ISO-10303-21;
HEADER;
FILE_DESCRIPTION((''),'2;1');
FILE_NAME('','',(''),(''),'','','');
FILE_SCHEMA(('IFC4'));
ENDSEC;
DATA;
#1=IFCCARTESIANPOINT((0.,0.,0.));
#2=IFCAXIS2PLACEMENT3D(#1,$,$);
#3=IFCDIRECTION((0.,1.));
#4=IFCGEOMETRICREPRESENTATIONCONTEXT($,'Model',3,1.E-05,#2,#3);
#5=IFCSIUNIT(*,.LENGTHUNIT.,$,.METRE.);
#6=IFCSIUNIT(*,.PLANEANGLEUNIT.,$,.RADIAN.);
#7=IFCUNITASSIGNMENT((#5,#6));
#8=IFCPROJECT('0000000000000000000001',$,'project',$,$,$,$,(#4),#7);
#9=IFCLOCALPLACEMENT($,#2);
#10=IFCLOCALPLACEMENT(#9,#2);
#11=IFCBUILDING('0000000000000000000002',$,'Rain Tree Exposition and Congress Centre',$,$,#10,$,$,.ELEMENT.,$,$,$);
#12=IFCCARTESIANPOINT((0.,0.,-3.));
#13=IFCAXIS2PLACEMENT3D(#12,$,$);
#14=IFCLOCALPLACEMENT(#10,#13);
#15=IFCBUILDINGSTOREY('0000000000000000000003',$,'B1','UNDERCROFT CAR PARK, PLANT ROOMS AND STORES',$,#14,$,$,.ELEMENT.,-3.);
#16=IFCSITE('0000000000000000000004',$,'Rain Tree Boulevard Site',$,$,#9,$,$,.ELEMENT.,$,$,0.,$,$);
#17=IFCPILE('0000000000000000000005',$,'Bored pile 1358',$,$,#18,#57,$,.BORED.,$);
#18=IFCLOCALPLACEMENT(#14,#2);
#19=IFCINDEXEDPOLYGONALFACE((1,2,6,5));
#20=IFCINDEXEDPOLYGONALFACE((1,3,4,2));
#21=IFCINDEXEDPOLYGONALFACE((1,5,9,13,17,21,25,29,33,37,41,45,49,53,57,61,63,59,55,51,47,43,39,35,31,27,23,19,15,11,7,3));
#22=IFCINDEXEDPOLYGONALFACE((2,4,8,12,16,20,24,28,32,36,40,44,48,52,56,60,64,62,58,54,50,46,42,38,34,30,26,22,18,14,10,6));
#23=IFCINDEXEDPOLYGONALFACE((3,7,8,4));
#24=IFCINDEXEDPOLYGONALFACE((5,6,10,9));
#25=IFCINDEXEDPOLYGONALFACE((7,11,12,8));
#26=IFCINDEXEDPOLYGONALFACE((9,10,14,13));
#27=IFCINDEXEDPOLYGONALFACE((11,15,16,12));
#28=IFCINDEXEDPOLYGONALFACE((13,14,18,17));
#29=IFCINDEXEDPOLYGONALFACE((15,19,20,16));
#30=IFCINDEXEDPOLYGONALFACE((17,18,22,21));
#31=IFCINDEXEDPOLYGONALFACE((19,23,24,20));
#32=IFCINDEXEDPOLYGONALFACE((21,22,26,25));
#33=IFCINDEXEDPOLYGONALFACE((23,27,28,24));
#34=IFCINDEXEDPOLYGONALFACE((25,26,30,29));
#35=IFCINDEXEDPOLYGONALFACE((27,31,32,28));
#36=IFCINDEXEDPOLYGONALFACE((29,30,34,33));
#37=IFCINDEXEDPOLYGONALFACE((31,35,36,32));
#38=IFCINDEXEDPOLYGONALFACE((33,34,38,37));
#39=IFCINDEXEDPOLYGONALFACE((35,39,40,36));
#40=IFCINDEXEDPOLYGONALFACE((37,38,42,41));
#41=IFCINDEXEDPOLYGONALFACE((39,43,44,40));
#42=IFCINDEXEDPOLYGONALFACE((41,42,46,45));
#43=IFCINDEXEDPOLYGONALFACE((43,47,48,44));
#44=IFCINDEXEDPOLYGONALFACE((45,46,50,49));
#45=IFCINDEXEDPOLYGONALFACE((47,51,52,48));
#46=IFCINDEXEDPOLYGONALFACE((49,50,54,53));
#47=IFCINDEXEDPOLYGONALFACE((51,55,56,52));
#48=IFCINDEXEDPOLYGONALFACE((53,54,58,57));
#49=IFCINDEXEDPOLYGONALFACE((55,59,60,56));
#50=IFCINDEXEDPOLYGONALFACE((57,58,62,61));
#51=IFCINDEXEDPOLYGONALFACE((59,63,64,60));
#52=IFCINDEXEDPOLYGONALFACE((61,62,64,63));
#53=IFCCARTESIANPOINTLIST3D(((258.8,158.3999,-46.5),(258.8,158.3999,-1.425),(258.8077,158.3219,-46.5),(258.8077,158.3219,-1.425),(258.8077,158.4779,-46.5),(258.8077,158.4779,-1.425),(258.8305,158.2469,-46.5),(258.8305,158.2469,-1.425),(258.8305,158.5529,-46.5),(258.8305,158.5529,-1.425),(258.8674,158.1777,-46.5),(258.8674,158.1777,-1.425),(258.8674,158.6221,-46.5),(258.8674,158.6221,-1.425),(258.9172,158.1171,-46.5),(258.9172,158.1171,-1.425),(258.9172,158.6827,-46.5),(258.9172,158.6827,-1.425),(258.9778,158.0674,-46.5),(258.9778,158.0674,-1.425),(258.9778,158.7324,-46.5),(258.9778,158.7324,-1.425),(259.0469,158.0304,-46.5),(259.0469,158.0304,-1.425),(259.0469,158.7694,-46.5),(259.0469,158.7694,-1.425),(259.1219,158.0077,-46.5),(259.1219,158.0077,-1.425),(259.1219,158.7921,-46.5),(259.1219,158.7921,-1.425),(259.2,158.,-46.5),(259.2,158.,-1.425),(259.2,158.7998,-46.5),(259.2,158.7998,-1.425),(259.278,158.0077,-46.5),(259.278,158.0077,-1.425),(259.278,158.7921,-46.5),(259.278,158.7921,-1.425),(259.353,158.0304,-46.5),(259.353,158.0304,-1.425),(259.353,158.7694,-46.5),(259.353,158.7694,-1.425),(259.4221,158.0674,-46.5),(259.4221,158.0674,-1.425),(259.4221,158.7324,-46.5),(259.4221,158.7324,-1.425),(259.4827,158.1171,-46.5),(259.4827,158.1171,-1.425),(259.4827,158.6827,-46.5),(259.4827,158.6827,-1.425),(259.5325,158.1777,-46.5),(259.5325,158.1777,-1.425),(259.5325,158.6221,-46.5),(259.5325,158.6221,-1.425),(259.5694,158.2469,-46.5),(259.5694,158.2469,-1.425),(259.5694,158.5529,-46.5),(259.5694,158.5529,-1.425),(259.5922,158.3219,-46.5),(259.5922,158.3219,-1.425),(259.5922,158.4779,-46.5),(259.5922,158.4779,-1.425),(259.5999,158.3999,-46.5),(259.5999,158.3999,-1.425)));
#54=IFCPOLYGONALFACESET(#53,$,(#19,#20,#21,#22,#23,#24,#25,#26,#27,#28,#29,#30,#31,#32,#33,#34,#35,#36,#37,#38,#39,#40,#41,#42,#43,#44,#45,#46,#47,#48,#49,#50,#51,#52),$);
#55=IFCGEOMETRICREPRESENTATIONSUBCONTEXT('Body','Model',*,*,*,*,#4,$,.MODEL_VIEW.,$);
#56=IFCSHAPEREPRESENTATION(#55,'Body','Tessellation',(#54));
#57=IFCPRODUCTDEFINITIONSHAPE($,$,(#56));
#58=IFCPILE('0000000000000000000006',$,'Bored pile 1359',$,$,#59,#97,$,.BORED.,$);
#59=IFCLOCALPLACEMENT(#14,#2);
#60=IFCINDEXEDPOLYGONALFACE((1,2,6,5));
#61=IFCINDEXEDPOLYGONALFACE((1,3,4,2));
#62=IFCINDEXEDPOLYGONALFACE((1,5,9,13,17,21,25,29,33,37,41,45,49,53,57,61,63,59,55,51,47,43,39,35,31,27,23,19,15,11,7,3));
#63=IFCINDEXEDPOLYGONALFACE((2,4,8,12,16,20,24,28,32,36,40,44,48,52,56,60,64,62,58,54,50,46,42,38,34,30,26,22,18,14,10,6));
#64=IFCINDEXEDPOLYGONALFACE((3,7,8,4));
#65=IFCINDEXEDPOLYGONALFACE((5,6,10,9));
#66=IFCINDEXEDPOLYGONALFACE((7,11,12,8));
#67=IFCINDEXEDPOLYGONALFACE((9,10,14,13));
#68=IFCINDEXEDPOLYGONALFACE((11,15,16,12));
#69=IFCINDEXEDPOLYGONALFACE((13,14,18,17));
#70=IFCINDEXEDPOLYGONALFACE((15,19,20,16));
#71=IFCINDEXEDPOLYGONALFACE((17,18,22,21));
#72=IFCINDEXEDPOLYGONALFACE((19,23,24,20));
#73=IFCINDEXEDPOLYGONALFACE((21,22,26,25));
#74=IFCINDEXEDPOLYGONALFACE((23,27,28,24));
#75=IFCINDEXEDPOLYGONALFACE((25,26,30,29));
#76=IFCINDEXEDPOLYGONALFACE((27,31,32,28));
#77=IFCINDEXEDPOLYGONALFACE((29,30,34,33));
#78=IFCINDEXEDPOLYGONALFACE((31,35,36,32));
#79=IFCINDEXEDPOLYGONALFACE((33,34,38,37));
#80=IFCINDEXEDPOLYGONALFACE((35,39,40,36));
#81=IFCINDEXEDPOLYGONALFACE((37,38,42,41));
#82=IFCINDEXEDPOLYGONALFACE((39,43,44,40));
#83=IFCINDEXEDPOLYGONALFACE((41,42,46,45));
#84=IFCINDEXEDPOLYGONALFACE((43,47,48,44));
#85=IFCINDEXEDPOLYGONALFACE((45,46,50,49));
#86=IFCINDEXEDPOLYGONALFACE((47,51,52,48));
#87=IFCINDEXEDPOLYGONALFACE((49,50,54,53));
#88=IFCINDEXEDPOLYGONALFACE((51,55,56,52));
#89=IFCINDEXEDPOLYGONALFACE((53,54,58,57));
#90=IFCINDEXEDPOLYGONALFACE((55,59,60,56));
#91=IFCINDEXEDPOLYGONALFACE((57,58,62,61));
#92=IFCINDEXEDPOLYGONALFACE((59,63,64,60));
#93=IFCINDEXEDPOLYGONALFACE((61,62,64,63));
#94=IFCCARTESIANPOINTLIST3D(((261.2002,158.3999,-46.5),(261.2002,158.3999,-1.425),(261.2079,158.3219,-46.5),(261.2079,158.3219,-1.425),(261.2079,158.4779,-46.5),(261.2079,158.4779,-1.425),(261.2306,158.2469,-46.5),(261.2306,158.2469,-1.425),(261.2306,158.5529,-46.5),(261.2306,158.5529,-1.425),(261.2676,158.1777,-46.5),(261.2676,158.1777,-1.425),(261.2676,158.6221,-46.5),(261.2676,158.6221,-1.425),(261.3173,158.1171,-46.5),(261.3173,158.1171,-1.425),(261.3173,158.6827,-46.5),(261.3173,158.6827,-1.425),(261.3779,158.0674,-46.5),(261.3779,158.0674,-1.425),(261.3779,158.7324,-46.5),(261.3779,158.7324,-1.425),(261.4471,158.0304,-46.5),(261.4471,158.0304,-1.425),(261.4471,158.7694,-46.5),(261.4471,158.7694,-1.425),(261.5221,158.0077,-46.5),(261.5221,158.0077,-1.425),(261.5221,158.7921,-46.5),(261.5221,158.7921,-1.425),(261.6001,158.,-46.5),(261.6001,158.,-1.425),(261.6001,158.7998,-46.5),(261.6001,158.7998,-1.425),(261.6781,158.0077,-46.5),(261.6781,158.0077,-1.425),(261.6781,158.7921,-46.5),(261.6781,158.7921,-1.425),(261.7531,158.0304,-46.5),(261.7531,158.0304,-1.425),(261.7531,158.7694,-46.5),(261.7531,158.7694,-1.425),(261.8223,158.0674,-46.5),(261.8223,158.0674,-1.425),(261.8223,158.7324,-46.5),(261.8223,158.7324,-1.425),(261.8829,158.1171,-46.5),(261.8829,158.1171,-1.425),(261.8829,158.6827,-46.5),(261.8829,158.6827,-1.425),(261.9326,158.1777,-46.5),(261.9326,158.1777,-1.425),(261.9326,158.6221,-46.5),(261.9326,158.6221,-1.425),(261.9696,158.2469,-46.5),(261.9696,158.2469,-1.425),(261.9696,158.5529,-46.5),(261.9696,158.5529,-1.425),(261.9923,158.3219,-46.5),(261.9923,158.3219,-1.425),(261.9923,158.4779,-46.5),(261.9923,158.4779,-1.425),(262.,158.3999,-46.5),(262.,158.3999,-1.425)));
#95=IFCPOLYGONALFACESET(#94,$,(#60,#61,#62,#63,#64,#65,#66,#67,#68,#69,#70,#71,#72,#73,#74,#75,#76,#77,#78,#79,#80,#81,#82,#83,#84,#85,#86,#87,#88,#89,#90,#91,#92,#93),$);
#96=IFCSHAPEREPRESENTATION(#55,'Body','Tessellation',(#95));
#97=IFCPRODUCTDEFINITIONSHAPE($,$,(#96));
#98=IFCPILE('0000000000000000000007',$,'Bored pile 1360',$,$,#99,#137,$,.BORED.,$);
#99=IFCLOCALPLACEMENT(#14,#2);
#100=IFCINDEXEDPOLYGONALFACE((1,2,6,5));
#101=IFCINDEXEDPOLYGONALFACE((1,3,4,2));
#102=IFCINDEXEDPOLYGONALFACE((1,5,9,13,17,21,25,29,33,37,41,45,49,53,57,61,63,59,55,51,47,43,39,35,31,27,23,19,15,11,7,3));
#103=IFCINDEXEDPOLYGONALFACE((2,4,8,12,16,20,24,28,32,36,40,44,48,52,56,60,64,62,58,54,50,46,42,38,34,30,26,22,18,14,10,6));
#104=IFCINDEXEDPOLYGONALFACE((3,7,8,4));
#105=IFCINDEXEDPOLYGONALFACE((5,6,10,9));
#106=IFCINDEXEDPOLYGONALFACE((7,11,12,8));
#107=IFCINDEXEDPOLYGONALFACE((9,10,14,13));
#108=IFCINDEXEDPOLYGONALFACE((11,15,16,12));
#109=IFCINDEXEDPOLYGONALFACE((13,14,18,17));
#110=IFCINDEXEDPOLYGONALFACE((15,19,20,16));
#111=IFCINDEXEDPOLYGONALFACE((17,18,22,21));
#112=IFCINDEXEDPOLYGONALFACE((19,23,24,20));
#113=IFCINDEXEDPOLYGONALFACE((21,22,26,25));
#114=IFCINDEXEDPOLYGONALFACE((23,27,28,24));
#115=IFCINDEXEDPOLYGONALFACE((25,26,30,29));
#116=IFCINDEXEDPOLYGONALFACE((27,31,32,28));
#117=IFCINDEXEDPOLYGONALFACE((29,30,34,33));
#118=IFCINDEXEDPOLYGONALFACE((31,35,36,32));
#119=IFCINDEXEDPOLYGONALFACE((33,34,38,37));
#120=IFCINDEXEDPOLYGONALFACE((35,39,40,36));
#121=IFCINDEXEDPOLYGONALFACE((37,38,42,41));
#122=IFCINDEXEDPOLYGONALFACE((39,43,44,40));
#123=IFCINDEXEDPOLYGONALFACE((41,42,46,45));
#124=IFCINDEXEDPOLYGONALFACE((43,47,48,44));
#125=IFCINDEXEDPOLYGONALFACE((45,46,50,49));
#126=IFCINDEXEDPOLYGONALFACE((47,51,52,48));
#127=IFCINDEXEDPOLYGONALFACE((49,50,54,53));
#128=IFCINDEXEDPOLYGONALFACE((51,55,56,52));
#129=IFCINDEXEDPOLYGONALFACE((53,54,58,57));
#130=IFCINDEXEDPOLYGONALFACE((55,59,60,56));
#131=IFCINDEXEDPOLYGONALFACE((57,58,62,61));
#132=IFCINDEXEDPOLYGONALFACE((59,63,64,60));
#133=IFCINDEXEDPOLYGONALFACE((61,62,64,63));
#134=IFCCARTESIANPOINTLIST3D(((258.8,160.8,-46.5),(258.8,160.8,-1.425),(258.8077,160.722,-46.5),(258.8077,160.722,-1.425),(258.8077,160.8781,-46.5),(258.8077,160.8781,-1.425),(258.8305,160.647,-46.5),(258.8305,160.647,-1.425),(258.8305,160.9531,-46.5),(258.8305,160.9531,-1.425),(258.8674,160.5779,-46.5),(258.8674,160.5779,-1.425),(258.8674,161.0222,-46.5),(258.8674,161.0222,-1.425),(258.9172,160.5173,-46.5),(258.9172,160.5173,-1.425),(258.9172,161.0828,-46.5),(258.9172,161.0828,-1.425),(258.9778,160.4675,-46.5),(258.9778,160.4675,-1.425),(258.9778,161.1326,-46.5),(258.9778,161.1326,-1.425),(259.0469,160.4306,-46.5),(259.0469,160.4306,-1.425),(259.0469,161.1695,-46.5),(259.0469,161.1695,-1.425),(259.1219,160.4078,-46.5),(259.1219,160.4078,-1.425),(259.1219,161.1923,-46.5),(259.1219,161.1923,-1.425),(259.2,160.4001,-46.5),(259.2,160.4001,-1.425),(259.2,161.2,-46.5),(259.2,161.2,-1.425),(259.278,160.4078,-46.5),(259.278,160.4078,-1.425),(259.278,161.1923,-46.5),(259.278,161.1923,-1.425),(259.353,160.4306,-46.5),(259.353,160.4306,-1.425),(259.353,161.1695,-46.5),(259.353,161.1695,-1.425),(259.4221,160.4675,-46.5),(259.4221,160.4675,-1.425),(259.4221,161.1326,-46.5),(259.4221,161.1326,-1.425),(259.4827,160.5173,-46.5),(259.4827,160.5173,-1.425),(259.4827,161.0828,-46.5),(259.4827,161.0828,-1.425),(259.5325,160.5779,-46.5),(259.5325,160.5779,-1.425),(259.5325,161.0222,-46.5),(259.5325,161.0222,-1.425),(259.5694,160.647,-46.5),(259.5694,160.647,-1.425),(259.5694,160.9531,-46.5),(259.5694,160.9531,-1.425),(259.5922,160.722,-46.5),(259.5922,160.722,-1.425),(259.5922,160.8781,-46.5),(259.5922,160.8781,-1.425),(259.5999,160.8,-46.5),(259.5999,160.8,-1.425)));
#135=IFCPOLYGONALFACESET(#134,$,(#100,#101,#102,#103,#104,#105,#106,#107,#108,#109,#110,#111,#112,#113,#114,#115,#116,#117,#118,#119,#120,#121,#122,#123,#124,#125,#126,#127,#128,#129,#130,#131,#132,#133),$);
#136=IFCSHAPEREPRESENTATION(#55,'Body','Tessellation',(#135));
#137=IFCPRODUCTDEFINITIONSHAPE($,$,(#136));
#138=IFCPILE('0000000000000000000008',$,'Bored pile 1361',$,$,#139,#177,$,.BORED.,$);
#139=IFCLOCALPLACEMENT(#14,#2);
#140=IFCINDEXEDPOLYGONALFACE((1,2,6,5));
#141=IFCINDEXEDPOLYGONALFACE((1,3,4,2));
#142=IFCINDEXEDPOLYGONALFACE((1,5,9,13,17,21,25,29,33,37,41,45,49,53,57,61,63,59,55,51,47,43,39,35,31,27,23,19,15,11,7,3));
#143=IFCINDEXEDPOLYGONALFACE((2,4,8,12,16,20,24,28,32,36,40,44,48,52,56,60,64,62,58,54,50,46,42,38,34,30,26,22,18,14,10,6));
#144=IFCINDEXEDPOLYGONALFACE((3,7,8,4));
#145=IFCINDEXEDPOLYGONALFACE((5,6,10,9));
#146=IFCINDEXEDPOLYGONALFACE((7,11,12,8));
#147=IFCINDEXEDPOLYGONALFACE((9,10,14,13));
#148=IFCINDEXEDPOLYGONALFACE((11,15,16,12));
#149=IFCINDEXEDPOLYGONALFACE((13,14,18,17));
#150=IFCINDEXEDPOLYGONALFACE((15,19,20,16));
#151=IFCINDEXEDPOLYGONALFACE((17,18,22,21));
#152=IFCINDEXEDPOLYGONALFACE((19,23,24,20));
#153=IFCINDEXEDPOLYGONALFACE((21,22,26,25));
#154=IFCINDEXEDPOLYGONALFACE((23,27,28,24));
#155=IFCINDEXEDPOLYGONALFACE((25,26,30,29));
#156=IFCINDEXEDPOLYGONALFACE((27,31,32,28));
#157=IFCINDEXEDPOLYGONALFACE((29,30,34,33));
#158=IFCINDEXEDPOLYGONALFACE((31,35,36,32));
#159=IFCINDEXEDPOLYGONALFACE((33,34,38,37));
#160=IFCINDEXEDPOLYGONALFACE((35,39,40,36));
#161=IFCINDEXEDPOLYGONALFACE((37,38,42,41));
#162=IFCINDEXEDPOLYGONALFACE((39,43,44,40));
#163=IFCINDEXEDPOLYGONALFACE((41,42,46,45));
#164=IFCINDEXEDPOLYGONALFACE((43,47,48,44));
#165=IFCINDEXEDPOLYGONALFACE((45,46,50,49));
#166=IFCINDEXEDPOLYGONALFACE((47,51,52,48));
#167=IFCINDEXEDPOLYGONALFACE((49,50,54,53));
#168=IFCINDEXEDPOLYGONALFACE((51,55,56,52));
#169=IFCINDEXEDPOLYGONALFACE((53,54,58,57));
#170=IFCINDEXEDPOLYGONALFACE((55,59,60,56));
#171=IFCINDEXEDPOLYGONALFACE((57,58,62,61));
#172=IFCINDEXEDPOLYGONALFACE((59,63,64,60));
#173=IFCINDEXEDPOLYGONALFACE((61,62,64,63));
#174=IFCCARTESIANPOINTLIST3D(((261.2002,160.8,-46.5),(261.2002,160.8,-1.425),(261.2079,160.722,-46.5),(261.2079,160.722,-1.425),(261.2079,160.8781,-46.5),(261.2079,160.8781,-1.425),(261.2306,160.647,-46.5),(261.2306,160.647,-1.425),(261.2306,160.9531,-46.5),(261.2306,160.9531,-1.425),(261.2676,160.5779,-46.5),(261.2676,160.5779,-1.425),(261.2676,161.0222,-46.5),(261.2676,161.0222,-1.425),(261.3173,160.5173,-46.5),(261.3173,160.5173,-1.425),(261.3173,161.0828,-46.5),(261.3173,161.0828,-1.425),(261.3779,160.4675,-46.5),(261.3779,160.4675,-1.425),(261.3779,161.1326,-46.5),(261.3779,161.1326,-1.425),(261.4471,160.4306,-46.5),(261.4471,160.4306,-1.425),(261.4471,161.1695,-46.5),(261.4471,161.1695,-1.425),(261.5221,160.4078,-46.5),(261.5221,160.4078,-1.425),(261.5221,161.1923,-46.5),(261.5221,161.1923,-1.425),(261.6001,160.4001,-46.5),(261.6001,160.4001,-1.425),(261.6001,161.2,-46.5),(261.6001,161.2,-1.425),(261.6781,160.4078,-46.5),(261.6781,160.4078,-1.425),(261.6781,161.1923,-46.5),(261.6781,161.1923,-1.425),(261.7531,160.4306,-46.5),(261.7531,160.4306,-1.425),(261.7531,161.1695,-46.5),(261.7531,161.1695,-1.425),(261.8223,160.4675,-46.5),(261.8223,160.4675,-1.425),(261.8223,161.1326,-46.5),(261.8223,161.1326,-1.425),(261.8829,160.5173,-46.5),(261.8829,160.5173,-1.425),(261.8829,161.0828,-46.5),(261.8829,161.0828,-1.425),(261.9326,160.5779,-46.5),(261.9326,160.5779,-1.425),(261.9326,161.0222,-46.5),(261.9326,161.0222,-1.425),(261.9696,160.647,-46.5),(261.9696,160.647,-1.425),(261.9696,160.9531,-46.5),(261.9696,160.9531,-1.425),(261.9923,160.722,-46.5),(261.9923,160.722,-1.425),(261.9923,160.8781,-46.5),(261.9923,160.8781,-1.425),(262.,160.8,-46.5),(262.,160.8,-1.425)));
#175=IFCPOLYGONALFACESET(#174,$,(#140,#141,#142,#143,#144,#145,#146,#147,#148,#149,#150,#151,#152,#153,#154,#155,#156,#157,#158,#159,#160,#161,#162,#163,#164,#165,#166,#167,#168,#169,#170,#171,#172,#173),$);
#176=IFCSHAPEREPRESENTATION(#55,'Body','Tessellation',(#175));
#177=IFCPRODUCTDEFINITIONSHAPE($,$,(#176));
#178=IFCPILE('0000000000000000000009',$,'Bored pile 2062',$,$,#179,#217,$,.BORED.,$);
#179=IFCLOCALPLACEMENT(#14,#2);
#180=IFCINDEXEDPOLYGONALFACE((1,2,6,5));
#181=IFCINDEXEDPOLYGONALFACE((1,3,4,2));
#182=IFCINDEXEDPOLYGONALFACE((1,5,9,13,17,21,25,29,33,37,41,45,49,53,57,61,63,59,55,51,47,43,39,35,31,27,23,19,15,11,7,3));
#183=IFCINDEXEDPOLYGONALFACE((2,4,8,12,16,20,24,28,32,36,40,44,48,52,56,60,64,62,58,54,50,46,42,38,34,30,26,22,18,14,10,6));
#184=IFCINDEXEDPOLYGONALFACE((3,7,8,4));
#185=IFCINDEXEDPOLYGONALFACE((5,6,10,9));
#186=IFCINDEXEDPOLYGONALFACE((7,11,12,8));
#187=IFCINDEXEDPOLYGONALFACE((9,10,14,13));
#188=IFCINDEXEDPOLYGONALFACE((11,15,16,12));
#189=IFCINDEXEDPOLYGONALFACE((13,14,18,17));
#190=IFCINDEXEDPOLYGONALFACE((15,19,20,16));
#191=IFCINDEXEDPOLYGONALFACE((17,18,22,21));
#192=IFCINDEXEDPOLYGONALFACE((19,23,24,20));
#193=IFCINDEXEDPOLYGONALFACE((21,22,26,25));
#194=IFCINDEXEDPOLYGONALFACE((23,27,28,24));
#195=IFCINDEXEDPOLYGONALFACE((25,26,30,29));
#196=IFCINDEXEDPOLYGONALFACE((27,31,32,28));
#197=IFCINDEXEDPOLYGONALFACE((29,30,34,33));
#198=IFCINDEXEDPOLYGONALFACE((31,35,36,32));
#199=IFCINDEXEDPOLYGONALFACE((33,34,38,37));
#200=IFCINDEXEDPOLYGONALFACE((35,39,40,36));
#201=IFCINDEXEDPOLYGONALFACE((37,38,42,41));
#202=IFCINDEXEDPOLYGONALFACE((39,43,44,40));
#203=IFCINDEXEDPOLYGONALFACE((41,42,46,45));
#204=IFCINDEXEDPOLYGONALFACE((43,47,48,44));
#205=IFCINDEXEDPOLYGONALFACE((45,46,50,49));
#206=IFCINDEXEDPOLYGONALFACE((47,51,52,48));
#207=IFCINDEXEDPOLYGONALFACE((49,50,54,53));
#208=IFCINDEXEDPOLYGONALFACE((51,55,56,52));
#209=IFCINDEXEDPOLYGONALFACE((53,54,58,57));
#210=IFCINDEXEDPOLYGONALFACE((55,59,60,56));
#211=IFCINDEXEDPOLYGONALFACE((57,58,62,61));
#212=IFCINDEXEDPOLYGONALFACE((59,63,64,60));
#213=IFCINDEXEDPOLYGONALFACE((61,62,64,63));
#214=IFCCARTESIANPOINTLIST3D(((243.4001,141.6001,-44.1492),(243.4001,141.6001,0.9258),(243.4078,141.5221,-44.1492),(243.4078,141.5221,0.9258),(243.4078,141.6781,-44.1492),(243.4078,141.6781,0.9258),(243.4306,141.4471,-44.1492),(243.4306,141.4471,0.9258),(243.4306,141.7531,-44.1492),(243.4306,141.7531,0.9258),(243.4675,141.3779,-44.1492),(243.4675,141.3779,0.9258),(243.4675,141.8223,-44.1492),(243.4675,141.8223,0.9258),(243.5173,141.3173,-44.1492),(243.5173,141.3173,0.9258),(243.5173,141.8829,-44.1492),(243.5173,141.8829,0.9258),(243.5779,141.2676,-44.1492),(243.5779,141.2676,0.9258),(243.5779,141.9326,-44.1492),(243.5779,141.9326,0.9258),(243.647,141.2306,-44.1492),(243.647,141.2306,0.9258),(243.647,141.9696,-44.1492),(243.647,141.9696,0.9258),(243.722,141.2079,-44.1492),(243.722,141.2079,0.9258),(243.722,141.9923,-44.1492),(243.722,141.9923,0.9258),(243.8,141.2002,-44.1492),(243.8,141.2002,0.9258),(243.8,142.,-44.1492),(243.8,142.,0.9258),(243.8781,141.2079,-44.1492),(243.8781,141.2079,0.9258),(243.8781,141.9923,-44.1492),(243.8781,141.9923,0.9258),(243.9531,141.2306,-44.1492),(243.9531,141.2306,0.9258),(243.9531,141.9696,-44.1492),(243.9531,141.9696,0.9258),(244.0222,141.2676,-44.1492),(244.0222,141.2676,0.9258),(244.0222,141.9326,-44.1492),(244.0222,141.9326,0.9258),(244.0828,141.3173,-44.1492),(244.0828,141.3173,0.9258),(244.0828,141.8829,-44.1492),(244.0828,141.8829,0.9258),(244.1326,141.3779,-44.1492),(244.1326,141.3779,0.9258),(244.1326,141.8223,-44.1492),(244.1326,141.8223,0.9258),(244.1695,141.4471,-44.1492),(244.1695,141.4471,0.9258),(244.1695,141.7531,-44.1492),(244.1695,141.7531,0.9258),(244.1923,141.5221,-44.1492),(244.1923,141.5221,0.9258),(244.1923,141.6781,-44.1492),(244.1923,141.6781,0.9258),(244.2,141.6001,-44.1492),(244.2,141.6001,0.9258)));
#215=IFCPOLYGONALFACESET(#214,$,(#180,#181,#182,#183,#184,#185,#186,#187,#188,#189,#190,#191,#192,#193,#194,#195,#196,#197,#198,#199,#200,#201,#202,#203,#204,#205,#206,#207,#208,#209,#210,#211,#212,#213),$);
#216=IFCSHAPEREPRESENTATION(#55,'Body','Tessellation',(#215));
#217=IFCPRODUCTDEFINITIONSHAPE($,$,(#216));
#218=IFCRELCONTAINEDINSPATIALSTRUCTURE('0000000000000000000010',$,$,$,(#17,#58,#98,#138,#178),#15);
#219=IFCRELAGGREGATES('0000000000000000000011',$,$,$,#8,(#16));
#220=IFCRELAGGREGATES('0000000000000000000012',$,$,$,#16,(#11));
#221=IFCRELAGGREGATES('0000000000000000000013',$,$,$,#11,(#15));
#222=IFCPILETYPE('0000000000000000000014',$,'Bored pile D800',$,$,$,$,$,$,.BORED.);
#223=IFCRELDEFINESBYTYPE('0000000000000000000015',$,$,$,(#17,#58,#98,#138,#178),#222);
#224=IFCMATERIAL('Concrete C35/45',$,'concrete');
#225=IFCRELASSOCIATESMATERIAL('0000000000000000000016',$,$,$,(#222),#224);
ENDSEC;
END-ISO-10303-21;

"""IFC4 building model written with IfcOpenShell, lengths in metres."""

from ifc_helpers import new_model, si_unit, direction, frame, origin, origin_2d, place, context, subcontext, project, spatial, circle, extrude, material, material_profile, profile_set, type_object, element, save


model = new_model("IFC4")

# Units and contexts
model_context = context("Model", 3, precision=1e-05, world=origin(), true_north=direction((0.0, 1.0)))
body_context = subcontext(model_context, "Body", "Model", "MODEL_VIEW")
ifc_project = project(units=[si_unit("LENGTHUNIT", "METRE"), si_unit("PLANEANGLEUNIT", "RADIAN")], contexts=[model_context])

# Site, building, storey
site_placement = place(None, origin())
site = spatial("IfcSite", under=ifc_project, at=site_placement, Name="Rain Tree Boulevard Site", CompositionType="ELEMENT", RefElevation=0.0)
building_placement = place(site_placement, origin())
building = spatial("IfcBuilding", under=site, at=building_placement, Name="Rain Tree Exposition and Congress Centre", CompositionType="ELEMENT")
storey_placement = place(building_placement, frame((0.0, 0.0, -3.0)))
storey = spatial("IfcBuildingStorey", under=building, at=storey_placement, Name="B1", Description="UNDERCROFT CAR PARK, PLANT ROOMS AND STORES", CompositionType="ELEMENT", Elevation=-3.0)

# Piles
ifc_material_1 = material(Name="Concrete C35/45", Category="concrete")
ifc_material_profile_1 = material_profile(ifc_material_1, circle(Radius=0.3999, at=origin_2d()), Name="D800")
ifc_profile_set_1 = profile_set([ifc_material_profile_1], Name="Concrete C35/45")
pile_type_1 = type_object("IfcPileType", Name="Bored pile D800", PredefinedType="BORED", material=ifc_profile_set_1)
for number, where, z_axis, x_axis, name in (
    (1, (259.2, 158.3999, -1.425), (0.0, 0.0, -1.0), (1.0, 0.0, 0.0), "Bored pile 1358"),
    (2, (261.6001, 158.3999, -1.425), (0.0, 0.0, -1.0), (1.0, 0.0, 0.0), "Bored pile 1359"),
    (3, (259.2, 160.8, -1.425), (0.0, 0.0, -1.0), (1.0, 0.0, 0.0), "Bored pile 1360"),
    (4, (261.6001, 160.8, -1.425), (0.0, 0.0, -1.0), (1.0, 0.0, 0.0), "Bored pile 1361"),
    (5, (243.8, 141.6001, 0.9258), (0.0, 0.0, -1.0), (1.0, 0.0, 0.0), "Bored pile 2062"),
):
    element("IfcPile", number, at=place(storey_placement, frame(where, z_axis=z_axis, x_axis=x_axis)), inside=storey, type_object=pile_type_1, Name=name, PredefinedType="BORED", context=body_context, shape_type="SweptSolid", body=[
        extrude(circle(Radius=0.3999, at=origin_2d()), origin(), (0.0, 0.0, 1.0), 45.075),
    ])

save(model, "model.ifc")
